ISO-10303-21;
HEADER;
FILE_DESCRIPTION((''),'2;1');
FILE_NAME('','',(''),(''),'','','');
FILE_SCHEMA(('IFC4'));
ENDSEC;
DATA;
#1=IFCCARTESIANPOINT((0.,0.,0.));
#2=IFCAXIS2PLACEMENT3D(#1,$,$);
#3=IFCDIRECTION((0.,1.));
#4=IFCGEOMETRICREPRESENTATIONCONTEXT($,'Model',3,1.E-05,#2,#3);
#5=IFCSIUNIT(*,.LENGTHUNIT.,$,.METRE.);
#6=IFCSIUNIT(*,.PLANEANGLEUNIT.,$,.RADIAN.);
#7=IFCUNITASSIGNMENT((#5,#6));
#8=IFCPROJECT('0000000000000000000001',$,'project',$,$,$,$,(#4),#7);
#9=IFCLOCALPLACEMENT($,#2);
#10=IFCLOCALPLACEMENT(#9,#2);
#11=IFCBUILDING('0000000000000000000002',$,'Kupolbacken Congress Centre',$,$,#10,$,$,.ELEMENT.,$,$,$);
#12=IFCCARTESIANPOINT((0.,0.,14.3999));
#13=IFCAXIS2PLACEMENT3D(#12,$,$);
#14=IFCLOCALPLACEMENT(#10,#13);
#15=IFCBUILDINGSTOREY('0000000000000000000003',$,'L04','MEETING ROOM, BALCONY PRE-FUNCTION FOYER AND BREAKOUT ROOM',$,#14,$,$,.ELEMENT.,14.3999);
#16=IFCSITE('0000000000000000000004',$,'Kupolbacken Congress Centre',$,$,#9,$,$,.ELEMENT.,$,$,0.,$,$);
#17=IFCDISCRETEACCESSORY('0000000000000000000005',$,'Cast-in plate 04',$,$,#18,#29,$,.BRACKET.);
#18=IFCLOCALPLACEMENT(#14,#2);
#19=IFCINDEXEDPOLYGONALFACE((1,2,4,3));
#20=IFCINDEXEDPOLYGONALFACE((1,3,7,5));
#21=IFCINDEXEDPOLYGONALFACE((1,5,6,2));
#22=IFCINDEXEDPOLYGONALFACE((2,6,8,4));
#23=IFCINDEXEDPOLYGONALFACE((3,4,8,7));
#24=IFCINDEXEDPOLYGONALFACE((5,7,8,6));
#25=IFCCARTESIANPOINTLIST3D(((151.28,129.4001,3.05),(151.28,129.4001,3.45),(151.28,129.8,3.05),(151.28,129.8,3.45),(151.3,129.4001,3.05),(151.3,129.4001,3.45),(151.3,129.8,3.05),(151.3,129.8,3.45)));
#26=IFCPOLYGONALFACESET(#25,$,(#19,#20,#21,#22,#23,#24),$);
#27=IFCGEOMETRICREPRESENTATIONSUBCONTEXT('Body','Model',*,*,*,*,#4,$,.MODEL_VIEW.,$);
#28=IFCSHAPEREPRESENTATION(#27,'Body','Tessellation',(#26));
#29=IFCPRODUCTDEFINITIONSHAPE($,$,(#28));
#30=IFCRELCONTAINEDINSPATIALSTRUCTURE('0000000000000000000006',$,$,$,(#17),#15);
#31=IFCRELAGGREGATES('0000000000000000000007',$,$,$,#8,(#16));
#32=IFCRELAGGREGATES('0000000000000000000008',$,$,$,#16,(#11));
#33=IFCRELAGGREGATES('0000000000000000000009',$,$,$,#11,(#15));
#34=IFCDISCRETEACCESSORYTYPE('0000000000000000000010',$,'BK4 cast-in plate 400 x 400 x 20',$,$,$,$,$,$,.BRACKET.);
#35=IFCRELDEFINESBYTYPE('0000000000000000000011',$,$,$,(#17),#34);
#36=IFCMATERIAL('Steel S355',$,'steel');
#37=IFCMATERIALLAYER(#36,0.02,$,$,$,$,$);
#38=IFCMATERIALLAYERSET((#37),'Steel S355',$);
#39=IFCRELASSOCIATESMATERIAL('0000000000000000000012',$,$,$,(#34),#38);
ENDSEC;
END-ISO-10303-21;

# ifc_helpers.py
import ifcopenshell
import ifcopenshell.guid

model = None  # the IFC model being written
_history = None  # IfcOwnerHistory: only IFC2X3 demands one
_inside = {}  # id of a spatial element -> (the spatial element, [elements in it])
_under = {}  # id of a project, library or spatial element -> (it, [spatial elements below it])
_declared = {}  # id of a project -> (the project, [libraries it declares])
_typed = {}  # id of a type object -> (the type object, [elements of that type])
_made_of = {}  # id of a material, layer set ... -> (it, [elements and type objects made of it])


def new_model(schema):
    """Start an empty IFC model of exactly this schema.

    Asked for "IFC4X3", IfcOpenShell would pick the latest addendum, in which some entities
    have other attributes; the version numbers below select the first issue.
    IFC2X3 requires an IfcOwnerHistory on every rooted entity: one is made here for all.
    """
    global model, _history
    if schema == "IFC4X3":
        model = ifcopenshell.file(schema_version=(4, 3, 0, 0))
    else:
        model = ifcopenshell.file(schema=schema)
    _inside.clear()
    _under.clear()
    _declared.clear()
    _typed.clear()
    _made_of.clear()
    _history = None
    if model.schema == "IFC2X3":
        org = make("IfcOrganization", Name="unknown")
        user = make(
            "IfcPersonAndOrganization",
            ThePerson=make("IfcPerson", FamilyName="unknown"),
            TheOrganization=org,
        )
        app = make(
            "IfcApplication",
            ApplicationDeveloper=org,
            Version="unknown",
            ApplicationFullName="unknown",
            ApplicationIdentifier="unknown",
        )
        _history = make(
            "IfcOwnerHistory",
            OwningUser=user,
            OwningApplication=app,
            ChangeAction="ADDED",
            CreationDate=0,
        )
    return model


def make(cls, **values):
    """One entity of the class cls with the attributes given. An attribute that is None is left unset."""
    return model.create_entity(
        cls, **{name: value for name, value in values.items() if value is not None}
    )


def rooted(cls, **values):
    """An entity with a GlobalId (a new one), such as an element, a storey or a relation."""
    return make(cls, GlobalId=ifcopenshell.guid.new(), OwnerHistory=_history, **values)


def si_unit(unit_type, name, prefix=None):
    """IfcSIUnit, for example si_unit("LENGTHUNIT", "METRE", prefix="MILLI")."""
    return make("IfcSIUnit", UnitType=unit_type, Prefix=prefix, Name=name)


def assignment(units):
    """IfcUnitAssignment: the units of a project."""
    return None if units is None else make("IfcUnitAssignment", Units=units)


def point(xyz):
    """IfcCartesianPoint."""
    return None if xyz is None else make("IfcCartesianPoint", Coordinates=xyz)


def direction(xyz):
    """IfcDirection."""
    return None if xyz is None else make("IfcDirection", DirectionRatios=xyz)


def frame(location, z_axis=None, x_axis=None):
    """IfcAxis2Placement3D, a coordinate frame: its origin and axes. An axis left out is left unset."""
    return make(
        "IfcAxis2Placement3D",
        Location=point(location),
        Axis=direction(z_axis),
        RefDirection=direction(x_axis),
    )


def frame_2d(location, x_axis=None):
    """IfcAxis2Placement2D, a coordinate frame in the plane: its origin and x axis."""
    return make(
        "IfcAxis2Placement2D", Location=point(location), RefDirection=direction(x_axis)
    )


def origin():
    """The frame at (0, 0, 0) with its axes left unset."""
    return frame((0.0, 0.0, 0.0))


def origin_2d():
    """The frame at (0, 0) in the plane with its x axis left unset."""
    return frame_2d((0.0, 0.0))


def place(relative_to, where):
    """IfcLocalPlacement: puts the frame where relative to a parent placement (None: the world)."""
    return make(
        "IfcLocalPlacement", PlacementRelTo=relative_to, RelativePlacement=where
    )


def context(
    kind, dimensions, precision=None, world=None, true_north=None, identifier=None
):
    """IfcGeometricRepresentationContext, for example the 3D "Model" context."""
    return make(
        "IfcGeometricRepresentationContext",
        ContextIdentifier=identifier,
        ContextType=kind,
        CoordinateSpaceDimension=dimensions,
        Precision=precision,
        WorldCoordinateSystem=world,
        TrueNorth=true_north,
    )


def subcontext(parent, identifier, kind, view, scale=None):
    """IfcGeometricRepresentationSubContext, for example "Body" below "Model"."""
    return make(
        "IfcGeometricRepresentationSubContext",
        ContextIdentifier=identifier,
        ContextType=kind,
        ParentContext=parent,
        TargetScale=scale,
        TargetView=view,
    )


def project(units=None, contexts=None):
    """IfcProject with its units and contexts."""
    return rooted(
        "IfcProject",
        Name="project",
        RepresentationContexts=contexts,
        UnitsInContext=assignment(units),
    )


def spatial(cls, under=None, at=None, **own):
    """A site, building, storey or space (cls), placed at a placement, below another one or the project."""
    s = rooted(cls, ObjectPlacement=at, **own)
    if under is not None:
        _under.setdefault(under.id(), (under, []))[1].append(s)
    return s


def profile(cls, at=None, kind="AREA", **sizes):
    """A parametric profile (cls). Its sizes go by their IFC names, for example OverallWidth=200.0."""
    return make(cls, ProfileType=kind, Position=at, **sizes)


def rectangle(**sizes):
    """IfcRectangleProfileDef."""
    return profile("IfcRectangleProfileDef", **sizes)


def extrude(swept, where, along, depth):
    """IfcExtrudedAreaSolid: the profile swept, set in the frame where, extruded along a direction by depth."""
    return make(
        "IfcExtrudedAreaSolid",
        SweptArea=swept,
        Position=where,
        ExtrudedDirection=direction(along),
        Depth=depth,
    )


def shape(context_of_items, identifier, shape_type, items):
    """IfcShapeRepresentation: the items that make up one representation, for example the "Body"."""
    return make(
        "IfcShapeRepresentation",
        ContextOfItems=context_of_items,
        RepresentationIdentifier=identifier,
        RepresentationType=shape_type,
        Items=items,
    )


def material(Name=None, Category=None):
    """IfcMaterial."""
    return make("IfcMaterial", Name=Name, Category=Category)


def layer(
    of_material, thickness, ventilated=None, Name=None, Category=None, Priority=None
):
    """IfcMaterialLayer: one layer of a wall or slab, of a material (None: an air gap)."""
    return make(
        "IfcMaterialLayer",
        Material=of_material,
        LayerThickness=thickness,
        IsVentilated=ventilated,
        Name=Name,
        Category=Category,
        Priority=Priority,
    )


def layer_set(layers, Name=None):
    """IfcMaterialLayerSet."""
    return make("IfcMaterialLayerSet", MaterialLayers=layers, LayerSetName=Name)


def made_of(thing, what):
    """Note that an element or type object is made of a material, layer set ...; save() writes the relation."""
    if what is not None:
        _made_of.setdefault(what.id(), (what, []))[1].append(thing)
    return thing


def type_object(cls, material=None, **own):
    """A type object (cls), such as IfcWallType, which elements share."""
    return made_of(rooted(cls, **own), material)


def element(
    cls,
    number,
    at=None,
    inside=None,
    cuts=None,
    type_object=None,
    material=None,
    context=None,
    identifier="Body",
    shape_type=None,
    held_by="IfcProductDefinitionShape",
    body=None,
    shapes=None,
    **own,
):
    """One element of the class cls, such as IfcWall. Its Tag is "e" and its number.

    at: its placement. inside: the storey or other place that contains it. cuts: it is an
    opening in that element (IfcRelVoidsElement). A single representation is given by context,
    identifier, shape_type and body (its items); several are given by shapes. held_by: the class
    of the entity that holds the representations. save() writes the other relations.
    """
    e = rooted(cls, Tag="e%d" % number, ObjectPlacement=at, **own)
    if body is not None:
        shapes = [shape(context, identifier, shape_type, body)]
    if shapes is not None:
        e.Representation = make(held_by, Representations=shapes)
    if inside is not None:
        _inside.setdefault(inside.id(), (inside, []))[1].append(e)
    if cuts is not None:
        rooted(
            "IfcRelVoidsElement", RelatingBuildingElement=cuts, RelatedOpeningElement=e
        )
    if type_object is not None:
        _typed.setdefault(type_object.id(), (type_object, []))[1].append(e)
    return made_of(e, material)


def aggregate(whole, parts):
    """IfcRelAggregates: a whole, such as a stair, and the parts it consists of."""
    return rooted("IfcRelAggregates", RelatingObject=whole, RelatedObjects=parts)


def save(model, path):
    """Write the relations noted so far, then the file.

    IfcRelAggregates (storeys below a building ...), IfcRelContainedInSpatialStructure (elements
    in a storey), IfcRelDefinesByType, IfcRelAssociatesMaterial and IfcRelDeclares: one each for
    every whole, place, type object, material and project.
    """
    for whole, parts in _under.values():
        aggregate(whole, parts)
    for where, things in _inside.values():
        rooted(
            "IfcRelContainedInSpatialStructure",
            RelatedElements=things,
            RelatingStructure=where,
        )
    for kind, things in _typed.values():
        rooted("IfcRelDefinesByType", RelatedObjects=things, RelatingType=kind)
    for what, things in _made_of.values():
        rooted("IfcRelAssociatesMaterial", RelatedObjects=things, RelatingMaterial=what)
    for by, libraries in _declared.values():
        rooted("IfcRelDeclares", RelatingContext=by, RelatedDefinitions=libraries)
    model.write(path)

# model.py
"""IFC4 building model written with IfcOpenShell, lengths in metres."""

from ifc_helpers import new_model, si_unit, direction, frame, origin, origin_2d, place, context, subcontext, project, spatial, rectangle, extrude, material, layer, layer_set, type_object, element, save


model = new_model("IFC4")

# Units and contexts
model_context = context("Model", 3, precision=1e-05, world=origin(), true_north=direction((0.0, 1.0)))
body_context = subcontext(model_context, "Body", "Model", "MODEL_VIEW")
ifc_project = project(units=[si_unit("LENGTHUNIT", "METRE"), si_unit("PLANEANGLEUNIT", "RADIAN")], contexts=[model_context])

# Site, building, storey
site_placement = place(None, origin())
site = spatial("IfcSite", under=ifc_project, at=site_placement, Name="Kupolbacken Congress Centre", CompositionType="ELEMENT", RefElevation=0.0)
building_placement = place(site_placement, origin())
building = spatial("IfcBuilding", under=site, at=building_placement, Name="Kupolbacken Congress Centre", CompositionType="ELEMENT")
storey_placement = place(building_placement, frame((0.0, 0.0, 14.3999)))
storey = spatial("IfcBuildingStorey", under=building, at=storey_placement, Name="L04", Description="MEETING ROOM, BALCONY PRE-FUNCTION FOYER AND BREAKOUT ROOM", CompositionType="ELEMENT", Elevation=14.3999)

# Discrete accessory
ifc_material_1 = material(Name="Steel S355", Category="steel")
ifc_layer_1 = layer(ifc_material_1, 0.02)
ifc_layer_set_1 = layer_set([ifc_layer_1], Name="Steel S355")
discrete_accessory_type = type_object("IfcDiscreteAccessoryType", Name="BK4 cast-in plate 400 x 400 x 20", PredefinedType="BRACKET", material=ifc_layer_set_1)
discrete_accessory_placement = place(storey_placement, frame((151.29, 129.6001, 3.05), z_axis=(0.0, 0.0, 1.0), x_axis=(1.0, 0.0, 0.0)))
element("IfcDiscreteAccessory", 1, at=discrete_accessory_placement, inside=storey, type_object=discrete_accessory_type, Name="Cast-in plate 04", PredefinedType="BRACKET", context=body_context, shape_type="SweptSolid", body=[
    extrude(rectangle(XDim=0.02, YDim=0.3999, at=origin_2d()), origin(), (0.0, 0.0, 1.0), 0.3999),
])

save(model, "model.ifc")
